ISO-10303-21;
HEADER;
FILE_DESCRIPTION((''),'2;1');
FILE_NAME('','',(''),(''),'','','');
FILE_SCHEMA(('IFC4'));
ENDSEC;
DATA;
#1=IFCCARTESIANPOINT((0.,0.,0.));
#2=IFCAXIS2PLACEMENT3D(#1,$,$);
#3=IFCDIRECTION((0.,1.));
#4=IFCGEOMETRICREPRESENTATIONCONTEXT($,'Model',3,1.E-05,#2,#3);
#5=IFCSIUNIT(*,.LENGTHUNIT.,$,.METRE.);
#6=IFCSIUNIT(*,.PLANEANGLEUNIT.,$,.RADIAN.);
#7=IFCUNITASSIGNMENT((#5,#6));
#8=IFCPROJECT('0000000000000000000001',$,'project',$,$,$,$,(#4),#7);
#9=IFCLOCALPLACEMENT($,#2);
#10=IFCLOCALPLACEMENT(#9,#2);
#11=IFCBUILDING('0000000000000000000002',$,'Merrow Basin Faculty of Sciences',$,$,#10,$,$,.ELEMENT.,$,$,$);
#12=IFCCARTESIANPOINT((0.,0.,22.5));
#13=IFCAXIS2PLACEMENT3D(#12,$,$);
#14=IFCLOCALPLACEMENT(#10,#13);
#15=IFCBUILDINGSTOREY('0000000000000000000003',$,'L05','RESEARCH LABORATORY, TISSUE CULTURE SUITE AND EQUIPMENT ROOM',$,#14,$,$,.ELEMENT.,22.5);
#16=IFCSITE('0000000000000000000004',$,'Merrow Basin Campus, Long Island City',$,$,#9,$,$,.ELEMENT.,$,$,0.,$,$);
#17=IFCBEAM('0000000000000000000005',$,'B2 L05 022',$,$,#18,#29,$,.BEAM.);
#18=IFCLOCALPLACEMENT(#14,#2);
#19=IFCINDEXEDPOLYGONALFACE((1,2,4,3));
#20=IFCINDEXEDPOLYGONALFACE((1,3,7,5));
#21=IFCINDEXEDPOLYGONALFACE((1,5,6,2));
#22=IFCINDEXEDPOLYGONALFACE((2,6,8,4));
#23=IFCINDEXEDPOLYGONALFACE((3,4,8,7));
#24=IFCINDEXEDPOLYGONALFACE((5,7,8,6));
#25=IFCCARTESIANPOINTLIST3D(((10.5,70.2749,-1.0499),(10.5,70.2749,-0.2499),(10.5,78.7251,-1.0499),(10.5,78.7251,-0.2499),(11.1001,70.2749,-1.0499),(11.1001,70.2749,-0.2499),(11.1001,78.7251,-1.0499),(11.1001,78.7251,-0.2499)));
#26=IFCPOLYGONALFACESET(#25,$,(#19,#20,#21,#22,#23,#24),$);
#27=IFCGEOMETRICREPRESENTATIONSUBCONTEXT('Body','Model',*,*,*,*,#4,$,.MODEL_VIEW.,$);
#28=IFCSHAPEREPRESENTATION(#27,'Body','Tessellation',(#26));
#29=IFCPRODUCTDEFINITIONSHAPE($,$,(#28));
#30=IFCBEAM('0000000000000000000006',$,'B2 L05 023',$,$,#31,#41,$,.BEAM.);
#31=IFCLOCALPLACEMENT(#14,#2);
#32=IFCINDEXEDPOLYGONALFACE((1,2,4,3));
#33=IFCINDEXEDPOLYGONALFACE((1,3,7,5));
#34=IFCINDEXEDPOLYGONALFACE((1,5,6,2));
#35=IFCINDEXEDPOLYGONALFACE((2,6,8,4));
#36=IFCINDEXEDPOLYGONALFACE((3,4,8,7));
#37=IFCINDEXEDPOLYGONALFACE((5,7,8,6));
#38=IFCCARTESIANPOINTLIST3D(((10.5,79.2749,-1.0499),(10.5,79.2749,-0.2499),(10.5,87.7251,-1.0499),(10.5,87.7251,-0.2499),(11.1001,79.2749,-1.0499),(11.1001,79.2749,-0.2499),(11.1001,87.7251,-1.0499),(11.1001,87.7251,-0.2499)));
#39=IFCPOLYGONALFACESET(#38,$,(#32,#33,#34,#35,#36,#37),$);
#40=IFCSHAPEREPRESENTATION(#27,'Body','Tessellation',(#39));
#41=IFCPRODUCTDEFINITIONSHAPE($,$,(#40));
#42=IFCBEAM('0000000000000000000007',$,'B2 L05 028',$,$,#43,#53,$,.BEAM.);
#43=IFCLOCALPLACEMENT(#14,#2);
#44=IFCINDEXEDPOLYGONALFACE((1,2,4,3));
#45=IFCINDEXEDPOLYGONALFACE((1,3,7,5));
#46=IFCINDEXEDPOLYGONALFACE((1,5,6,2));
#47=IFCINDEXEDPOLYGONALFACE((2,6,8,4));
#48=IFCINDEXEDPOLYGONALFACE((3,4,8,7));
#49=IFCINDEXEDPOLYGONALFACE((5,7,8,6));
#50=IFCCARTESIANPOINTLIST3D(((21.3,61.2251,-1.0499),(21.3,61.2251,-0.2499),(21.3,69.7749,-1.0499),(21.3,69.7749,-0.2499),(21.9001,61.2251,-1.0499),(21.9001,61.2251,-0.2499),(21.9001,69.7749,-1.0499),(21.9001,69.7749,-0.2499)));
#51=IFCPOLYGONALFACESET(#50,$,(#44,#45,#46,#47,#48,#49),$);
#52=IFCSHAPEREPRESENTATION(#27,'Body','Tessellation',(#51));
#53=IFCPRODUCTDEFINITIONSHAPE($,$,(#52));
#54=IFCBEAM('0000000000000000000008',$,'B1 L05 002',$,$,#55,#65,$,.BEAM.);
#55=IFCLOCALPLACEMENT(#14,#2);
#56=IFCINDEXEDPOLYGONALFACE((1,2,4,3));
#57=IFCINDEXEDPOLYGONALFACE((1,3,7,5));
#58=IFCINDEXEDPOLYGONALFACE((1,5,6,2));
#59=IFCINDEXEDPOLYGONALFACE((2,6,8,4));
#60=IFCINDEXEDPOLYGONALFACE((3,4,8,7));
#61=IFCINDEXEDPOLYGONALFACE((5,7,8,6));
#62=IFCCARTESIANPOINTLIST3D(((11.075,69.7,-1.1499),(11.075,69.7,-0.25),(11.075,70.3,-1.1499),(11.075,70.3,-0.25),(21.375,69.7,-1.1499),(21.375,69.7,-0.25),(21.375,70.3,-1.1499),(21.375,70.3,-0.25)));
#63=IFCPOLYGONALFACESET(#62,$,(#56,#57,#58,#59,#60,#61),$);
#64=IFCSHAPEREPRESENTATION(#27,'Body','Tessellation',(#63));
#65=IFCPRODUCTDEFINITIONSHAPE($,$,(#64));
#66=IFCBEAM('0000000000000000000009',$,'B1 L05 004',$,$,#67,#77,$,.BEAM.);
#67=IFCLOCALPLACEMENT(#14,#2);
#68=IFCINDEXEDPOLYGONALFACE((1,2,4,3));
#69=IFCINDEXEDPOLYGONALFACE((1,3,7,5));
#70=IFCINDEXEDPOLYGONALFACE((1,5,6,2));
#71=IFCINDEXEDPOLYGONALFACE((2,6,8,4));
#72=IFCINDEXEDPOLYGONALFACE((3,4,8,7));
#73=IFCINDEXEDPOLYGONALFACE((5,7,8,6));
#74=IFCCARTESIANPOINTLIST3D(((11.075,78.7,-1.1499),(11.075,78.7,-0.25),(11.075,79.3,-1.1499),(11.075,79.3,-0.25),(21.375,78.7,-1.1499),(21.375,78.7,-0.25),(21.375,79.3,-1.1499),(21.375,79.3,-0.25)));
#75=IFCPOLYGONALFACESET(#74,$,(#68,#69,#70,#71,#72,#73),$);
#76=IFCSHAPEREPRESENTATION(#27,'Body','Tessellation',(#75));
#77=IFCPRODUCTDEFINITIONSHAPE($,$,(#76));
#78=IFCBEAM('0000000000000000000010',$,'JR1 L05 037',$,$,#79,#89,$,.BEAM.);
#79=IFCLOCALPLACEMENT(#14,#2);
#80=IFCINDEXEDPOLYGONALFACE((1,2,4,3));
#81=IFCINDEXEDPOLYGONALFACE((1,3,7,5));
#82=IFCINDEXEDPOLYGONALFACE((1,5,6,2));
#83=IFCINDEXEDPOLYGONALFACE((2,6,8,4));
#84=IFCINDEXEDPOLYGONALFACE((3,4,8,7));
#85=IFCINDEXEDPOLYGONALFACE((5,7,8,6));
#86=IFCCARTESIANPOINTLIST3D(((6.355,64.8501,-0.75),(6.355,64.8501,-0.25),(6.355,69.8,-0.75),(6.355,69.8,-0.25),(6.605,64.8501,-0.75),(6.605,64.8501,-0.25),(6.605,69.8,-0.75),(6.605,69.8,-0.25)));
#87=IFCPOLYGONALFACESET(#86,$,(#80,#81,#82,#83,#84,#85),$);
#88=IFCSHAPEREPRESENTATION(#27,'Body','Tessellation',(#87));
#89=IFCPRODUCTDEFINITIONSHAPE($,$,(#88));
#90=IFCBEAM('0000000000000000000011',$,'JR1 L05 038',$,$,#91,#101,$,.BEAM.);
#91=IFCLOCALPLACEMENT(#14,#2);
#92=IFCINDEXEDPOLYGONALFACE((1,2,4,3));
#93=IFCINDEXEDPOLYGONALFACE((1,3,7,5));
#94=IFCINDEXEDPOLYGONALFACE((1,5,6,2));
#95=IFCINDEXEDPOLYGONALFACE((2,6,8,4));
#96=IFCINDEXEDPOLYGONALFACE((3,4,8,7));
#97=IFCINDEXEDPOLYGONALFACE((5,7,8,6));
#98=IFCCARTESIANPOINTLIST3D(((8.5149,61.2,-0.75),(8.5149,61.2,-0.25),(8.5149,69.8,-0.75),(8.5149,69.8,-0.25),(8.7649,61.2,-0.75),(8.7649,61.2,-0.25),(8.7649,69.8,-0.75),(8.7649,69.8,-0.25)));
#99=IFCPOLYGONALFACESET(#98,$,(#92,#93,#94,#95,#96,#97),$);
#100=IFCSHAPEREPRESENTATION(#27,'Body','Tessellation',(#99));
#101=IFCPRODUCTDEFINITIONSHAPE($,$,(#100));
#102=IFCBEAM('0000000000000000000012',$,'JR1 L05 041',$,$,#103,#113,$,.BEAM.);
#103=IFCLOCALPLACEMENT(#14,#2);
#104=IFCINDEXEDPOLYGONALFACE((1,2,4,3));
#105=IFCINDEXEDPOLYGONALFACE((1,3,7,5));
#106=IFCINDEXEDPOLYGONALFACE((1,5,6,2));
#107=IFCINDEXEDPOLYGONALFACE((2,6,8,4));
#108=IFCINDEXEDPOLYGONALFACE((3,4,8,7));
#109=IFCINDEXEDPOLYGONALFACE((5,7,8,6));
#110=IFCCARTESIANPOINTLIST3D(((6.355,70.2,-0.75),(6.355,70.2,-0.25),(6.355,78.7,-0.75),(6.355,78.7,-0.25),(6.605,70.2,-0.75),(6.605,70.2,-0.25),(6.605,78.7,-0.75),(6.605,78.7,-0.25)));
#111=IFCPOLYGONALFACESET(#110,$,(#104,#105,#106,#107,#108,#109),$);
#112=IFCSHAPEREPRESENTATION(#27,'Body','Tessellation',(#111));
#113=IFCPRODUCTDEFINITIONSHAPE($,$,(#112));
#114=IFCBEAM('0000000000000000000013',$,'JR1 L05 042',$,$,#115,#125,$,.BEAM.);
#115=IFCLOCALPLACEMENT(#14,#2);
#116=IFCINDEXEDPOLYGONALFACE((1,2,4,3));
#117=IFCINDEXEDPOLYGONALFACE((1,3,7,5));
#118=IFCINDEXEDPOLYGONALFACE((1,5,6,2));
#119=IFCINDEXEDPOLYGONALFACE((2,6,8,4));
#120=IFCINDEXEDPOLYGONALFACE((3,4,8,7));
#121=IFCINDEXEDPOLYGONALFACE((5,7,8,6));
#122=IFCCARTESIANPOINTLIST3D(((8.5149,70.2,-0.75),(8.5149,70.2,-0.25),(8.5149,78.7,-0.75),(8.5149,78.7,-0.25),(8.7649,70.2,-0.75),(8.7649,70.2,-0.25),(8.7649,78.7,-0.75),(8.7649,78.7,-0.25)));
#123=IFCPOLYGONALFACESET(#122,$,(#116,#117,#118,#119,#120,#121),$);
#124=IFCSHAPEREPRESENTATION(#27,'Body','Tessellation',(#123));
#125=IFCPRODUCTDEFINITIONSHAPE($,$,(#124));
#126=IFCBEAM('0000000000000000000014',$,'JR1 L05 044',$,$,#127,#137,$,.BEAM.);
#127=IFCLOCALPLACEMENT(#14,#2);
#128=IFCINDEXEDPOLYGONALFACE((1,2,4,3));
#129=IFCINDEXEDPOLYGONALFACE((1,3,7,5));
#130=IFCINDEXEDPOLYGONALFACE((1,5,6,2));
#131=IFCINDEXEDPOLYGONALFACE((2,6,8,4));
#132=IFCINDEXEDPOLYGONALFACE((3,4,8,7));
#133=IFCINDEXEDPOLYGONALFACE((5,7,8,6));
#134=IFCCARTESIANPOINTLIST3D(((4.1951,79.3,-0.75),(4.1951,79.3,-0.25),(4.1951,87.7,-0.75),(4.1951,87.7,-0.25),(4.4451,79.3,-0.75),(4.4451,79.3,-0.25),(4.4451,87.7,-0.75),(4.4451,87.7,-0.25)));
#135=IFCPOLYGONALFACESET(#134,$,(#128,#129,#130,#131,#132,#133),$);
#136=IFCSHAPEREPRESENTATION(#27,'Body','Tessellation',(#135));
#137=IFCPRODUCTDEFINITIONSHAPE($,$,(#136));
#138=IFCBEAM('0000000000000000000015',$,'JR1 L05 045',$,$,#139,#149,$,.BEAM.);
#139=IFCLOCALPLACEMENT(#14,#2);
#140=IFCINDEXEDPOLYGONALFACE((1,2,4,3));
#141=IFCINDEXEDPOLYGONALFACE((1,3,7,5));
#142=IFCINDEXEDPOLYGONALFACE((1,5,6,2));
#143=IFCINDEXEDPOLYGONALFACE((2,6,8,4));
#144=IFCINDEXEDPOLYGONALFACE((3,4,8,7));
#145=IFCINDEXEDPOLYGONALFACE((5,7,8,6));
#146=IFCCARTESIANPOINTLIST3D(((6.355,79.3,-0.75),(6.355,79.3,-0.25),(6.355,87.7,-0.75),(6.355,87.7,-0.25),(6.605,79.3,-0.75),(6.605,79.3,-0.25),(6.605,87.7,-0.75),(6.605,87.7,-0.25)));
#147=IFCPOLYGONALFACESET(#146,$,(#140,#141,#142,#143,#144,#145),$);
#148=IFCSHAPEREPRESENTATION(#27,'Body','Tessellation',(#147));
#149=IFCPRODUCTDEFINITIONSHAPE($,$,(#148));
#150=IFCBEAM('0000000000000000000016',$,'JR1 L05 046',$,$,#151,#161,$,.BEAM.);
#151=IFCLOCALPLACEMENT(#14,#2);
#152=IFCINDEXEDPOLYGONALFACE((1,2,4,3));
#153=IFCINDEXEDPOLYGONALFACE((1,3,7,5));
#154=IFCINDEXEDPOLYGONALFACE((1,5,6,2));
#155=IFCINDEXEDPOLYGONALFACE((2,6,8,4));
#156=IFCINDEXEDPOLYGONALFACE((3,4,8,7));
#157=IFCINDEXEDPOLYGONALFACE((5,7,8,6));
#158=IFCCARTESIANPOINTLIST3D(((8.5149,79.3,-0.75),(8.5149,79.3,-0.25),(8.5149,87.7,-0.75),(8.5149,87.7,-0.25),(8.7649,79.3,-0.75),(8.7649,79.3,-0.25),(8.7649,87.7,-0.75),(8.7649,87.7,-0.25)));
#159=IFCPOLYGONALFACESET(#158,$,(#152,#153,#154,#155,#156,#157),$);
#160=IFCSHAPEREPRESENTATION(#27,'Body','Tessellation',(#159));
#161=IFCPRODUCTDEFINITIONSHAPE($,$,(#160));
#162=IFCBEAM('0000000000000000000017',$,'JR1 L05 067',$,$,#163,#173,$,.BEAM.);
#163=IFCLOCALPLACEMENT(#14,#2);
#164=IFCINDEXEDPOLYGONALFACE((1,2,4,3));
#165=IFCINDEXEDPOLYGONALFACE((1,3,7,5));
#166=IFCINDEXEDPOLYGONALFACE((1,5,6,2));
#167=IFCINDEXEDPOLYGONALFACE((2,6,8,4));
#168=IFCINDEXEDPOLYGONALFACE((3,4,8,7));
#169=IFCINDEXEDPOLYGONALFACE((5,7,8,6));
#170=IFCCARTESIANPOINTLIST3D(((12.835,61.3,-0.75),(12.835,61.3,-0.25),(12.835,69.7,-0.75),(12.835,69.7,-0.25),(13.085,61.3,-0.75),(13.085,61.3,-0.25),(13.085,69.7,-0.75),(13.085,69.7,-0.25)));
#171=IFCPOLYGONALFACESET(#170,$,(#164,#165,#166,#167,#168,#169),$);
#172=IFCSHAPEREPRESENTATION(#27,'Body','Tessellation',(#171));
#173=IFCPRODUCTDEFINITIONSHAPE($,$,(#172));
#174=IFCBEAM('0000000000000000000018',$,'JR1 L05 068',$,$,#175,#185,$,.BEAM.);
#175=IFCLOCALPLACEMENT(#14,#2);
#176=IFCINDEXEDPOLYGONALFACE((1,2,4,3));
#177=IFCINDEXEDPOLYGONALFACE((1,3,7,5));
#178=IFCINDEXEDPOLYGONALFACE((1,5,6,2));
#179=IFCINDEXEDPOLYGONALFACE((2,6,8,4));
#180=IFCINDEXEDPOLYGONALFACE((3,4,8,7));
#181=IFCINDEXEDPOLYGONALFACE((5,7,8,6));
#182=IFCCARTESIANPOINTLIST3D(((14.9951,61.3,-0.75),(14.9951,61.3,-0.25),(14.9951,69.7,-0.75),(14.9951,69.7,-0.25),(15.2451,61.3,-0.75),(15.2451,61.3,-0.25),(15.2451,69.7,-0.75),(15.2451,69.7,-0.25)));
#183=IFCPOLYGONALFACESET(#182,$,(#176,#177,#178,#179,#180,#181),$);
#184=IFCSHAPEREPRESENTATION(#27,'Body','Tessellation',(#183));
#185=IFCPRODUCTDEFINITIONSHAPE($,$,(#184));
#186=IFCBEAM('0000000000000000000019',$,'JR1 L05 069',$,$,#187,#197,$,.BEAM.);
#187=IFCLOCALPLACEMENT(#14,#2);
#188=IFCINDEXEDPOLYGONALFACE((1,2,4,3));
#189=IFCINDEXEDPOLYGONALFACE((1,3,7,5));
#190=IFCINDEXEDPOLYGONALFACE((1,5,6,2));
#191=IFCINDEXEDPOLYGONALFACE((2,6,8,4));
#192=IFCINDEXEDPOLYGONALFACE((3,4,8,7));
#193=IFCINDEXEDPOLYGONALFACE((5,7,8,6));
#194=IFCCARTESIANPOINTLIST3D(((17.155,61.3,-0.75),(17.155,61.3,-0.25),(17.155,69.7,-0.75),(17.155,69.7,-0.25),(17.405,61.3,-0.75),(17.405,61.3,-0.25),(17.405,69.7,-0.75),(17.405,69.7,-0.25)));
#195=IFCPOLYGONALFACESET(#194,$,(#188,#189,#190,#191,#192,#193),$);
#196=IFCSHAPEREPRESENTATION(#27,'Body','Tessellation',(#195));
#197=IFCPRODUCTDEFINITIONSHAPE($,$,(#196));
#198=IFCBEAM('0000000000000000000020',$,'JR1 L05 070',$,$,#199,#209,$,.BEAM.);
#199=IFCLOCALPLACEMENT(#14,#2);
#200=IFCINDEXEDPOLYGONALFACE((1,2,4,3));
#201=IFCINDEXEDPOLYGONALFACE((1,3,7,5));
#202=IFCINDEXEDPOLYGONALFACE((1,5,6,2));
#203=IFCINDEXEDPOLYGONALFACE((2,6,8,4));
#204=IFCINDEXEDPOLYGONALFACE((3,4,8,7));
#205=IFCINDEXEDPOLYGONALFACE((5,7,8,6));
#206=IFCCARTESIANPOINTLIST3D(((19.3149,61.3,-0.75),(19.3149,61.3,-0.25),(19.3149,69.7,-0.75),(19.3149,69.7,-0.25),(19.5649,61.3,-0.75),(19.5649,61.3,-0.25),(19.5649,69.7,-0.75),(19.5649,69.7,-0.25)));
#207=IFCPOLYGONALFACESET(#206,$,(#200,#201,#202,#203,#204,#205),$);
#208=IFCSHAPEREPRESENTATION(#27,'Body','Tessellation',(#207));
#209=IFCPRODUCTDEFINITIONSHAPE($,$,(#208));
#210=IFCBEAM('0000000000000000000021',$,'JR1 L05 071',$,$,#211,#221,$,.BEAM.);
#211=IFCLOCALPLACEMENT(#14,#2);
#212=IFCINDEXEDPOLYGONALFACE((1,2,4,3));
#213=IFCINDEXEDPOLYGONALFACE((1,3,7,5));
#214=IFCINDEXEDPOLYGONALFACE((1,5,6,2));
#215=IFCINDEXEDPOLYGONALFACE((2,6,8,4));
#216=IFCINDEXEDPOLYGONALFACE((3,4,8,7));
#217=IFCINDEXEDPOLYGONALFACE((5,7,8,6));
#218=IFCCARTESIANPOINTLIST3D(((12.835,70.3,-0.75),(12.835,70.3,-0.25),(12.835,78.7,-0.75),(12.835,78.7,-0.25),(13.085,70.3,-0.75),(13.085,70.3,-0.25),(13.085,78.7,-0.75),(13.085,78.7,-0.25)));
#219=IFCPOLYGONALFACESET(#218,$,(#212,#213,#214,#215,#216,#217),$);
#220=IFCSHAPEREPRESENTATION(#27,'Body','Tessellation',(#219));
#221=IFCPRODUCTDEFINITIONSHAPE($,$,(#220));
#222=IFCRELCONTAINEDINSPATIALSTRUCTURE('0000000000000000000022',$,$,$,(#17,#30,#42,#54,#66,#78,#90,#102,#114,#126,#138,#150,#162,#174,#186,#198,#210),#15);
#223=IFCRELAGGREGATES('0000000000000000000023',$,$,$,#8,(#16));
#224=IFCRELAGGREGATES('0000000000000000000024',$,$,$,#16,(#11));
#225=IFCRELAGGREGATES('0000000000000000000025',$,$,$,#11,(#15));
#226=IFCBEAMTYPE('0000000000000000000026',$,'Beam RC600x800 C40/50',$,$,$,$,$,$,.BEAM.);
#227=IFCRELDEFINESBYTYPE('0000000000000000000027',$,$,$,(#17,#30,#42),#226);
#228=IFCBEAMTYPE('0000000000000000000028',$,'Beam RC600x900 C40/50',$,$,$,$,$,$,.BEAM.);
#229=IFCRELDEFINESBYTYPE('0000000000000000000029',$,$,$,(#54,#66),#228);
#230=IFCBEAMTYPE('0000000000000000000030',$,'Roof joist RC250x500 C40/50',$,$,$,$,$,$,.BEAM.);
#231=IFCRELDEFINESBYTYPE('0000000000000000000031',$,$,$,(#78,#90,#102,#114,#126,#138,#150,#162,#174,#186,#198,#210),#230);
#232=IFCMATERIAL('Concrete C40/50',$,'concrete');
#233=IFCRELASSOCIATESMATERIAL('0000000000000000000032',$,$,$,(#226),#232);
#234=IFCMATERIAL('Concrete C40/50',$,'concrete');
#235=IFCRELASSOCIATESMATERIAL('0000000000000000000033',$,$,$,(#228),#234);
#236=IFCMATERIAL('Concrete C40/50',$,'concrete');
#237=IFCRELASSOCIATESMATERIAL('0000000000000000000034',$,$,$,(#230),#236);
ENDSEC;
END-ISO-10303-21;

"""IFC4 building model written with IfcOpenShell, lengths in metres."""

from ifc_helpers import new_model, si_unit, direction, frame, origin, origin_2d, place, context, subcontext, project, spatial, rectangle, extrude, material, material_profile, profile_set, type_object, element, save


model = new_model("IFC4")

# Units and contexts
model_context = context("Model", 3, precision=1e-05, world=origin(), true_north=direction((0.0, 1.0)))
body_context = subcontext(model_context, "Body", "Model", "MODEL_VIEW")
ifc_project = project(units=[si_unit("LENGTHUNIT", "METRE"), si_unit("PLANEANGLEUNIT", "RADIAN")], contexts=[model_context])

# Site, building, storey
site_placement = place(None, origin())
site = spatial("IfcSite", under=ifc_project, at=site_placement, Name="Merrow Basin Campus, Long Island City", CompositionType="ELEMENT", RefElevation=0.0)
building_placement = place(site_placement, origin())
building = spatial("IfcBuilding", under=site, at=building_placement, Name="Merrow Basin Faculty of Sciences", CompositionType="ELEMENT")
storey_placement = place(building_placement, frame((0.0, 0.0, 22.5)))
storey = spatial("IfcBuildingStorey", under=building, at=storey_placement, Name="L05", Description="RESEARCH LABORATORY, TISSUE CULTURE SUITE AND EQUIPMENT ROOM", CompositionType="ELEMENT", Elevation=22.5)

# Beams
ifc_material_1 = material(Name="Concrete C40/50", Category="concrete")
ifc_material_profile_1 = material_profile(ifc_material_1, rectangle(XDim=0.6001, YDim=0.8, at=origin_2d()))
ifc_profile_set_1 = profile_set([ifc_material_profile_1], Name="Concrete C40/50")
beam_type_1 = type_object("IfcBeamType", Name="Beam RC600x800 C40/50", PredefinedType="BEAM", material=ifc_profile_set_1)
for number, where, z_axis, x_axis, name in (
    (1, (10.8, 70.2749, -0.6499), (0.0, 1.0, 0.0), (-1.0, 0.0, 0.0), "B2 L05 022"),
    (2, (10.8, 79.2749, -0.6499), (0.0, 1.0, 0.0), (-1.0, 0.0, 0.0), "B2 L05 023"),
):
    element("IfcBeam", number, at=place(storey_placement, frame(where, z_axis=z_axis, x_axis=x_axis)), inside=storey, type_object=beam_type_1, Name=name, PredefinedType="BEAM", context=body_context, shape_type="SweptSolid", body=[
        extrude(rectangle(XDim=0.6001, YDim=0.8, at=origin_2d()), origin(), (0.0, 0.0, 1.0), 8.4502),
    ])
beam_1_placement = place(storey_placement, frame((21.6001, 61.2251, -0.6499), z_axis=(0.0, 1.0, 0.0), x_axis=(-1.0, 0.0, 0.0)))
element("IfcBeam", 3, at=beam_1_placement, inside=storey, type_object=beam_type_1, Name="B2 L05 028", PredefinedType="BEAM", context=body_context, shape_type="SweptSolid", body=[
    extrude(rectangle(XDim=0.6001, YDim=0.8, at=origin_2d()), origin(), (0.0, 0.0, 1.0), 8.5498),
])
ifc_material_2 = material(Name="Concrete C40/50", Category="concrete")
ifc_material_profile_2 = material_profile(ifc_material_2, rectangle(XDim=0.6001, YDim=0.8999, at=origin_2d()))
ifc_profile_set_2 = profile_set([ifc_material_profile_2], Name="Concrete C40/50")
beam_type_2 = type_object("IfcBeamType", Name="Beam RC600x900 C40/50", PredefinedType="BEAM", material=ifc_profile_set_2)
for number, where, z_axis, x_axis, name in (
    (4, (11.075, 70.0, -0.7), (1.0, 0.0, 0.0), (0.0, 1.0, 0.0), "B1 L05 002"),
    (5, (11.075, 79.0, -0.7), (1.0, 0.0, 0.0), (0.0, 1.0, 0.0), "B1 L05 004"),
):
    element("IfcBeam", number, at=place(storey_placement, frame(where, z_axis=z_axis, x_axis=x_axis)), inside=storey, type_object=beam_type_2, Name=name, PredefinedType="BEAM", context=body_context, shape_type="SweptSolid", body=[
        extrude(rectangle(XDim=0.6001, YDim=0.8999, at=origin_2d()), origin(), (0.0, 0.0, 1.0), 10.3),
    ])
ifc_material_3 = material(Name="Concrete C40/50", Category="concrete")
ifc_material_profile_3 = material_profile(ifc_material_3, rectangle(XDim=0.25, YDim=0.5, at=origin_2d()))
ifc_profile_set_3 = profile_set([ifc_material_profile_3], Name="Concrete C40/50")
beam_type_3 = type_object("IfcBeamType", Name="Roof joist RC250x500 C40/50", PredefinedType="BEAM", material=ifc_profile_set_3)
beam_2_placement = place(storey_placement, frame((6.48, 64.8501, -0.5), z_axis=(0.0, 1.0, 0.0), x_axis=(-1.0, 0.0, 0.0)))
element("IfcBeam", 6, at=beam_2_placement, inside=storey, type_object=beam_type_3, Name="JR1 L05 037", PredefinedType="BEAM", context=body_context, shape_type="SweptSolid", body=[
    extrude(rectangle(XDim=0.25, YDim=0.5, at=origin_2d()), origin(), (0.0, 0.0, 1.0), 4.95),
])
beam_3_placement = place(storey_placement, frame((8.6399, 61.2, -0.5), z_axis=(0.0, 1.0, 0.0), x_axis=(-1.0, 0.0, 0.0)))
element("IfcBeam", 7, at=beam_3_placement, inside=storey, type_object=beam_type_3, Name="JR1 L05 038", PredefinedType="BEAM", context=body_context, shape_type="SweptSolid", body=[
    extrude(rectangle(XDim=0.25, YDim=0.5, at=origin_2d()), origin(), (0.0, 0.0, 1.0), 8.6001),
])
for number, where, z_axis, x_axis, name in (
    (8, (6.48, 70.2, -0.5), (0.0, 1.0, 0.0), (-1.0, 0.0, 0.0), "JR1 L05 041"),
    (9, (8.6399, 70.2, -0.5), (0.0, 1.0, 0.0), (-1.0, 0.0, 0.0), "JR1 L05 042"),
):
    element("IfcBeam", number, at=place(storey_placement, frame(where, z_axis=z_axis, x_axis=x_axis)), inside=storey, type_object=beam_type_3, Name=name, PredefinedType="BEAM", context=body_context, shape_type="SweptSolid", body=[
        extrude(rectangle(XDim=0.25, YDim=0.5, at=origin_2d()), origin(), (0.0, 0.0, 1.0), 8.5),
    ])
for number, where, z_axis, x_axis, name in (
    (10, (4.3201, 79.3, -0.5), (0.0, 1.0, 0.0), (-1.0, 0.0, 0.0), "JR1 L05 044"),
    (11, (6.48, 79.3, -0.5), (0.0, 1.0, 0.0), (-1.0, 0.0, 0.0), "JR1 L05 045"),
    (12, (8.6399, 79.3, -0.5), (0.0, 1.0, 0.0), (-1.0, 0.0, 0.0), "JR1 L05 046"),
    (13, (12.96, 61.3, -0.5), (0.0, 1.0, 0.0), (-1.0, 0.0, 0.0), "JR1 L05 067"),
    (14, (15.1201, 61.3, -0.5), (0.0, 1.0, 0.0), (-1.0, 0.0, 0.0), "JR1 L05 068"),
    (15, (17.28, 61.3, -0.5), (0.0, 1.0, 0.0), (-1.0, 0.0, 0.0), "JR1 L05 069"),
    (16, (19.4399, 61.3, -0.5), (0.0, 1.0, 0.0), (-1.0, 0.0, 0.0), "JR1 L05 070"),
    (17, (12.96, 70.3, -0.5), (0.0, 1.0, 0.0), (-1.0, 0.0, 0.0), "JR1 L05 071"),
):
    element("IfcBeam", number, at=place(storey_placement, frame(where, z_axis=z_axis, x_axis=x_axis)), inside=storey, type_object=beam_type_3, Name=name, PredefinedType="BEAM", context=body_context, shape_type="SweptSolid", body=[
        extrude(rectangle(XDim=0.25, YDim=0.5, at=origin_2d()), origin(), (0.0, 0.0, 1.0), 8.3999),
    ])

save(model, "model.ifc")
